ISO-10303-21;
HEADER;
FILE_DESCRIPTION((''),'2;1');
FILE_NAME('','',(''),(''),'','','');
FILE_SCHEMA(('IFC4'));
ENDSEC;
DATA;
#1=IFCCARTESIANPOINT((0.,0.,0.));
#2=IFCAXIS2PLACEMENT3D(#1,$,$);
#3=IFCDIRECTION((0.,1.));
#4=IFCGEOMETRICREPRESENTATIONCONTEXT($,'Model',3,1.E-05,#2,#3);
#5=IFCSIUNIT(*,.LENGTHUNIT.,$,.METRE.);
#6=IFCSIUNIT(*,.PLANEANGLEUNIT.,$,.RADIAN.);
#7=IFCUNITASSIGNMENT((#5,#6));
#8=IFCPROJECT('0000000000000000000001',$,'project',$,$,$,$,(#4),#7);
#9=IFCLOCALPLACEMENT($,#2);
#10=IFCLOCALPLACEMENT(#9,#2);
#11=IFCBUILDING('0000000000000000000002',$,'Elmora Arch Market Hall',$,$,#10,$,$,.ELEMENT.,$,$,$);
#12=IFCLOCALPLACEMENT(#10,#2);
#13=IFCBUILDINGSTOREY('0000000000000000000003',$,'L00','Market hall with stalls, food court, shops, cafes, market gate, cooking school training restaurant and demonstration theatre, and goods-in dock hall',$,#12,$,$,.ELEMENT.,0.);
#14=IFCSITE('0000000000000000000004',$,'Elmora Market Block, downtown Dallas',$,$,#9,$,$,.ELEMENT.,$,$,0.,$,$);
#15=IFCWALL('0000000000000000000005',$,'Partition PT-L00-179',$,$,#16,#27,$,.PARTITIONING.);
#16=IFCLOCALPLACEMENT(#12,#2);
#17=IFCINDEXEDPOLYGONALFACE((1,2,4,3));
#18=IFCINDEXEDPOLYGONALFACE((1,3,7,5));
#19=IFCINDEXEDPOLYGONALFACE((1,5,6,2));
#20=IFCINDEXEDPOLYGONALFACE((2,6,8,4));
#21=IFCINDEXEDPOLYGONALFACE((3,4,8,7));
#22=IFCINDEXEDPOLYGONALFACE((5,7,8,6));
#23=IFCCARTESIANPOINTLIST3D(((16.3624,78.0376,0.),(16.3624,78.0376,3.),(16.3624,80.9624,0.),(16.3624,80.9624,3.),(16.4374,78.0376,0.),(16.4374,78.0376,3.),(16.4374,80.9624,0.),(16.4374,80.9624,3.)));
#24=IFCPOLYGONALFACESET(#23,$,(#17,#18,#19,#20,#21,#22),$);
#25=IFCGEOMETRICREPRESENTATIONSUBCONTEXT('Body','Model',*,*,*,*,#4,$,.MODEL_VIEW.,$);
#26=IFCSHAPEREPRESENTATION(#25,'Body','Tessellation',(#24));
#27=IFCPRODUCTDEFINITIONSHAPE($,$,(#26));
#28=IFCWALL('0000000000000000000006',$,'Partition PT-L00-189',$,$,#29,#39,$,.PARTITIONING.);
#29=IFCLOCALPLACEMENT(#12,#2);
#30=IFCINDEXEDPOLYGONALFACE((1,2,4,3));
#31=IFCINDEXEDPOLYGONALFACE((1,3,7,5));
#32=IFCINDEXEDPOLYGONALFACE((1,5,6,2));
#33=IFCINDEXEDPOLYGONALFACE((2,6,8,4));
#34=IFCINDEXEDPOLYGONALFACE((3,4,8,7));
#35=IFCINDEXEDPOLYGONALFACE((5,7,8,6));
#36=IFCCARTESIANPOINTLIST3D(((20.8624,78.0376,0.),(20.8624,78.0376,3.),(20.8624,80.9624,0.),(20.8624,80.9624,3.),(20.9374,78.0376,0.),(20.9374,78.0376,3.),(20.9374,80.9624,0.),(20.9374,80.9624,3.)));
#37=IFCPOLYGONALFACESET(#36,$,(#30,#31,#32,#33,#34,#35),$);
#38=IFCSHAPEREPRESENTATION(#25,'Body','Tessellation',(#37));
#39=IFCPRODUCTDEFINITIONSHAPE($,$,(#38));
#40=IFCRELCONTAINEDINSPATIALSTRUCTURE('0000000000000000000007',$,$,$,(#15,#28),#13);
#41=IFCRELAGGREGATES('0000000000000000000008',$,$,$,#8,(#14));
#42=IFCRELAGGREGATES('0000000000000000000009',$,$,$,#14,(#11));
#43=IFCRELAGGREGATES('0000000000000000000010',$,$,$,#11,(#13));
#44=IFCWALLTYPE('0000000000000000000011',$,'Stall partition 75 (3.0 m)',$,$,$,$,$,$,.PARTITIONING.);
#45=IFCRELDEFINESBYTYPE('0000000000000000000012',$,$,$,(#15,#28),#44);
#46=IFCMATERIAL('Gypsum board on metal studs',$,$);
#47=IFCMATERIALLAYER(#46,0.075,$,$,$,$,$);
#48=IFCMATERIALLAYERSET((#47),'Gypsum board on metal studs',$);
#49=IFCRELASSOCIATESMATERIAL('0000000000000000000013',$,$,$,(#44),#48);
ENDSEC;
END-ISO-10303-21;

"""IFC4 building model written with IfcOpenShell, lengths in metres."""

from ifc_helpers import new_model, si_unit, direction, frame, frame_2d, origin, place, context, subcontext, project, spatial, rectangle, extrude, material, layer, layer_set, type_object, element, save


model = new_model("IFC4")

# Units and contexts
model_context = context("Model", 3, precision=1e-05, world=origin(), true_north=direction((0.0, 1.0)))
body_context = subcontext(model_context, "Body", "Model", "MODEL_VIEW")
ifc_project = project(units=[si_unit("LENGTHUNIT", "METRE"), si_unit("PLANEANGLEUNIT", "RADIAN")], contexts=[model_context])

# Site, building, storey
site_placement = place(None, origin())
site = spatial("IfcSite", under=ifc_project, at=site_placement, Name="Elmora Market Block, downtown Dallas", CompositionType="ELEMENT", RefElevation=0.0)
building_placement = place(site_placement, origin())
building = spatial("IfcBuilding", under=site, at=building_placement, Name="Elmora Arch Market Hall", CompositionType="ELEMENT")
storey_placement = place(building_placement, origin())
storey = spatial("IfcBuildingStorey", under=building, at=storey_placement, Name="L00", Description="Market hall with stalls, food court, shops, cafes, market gate, cooking school training restaurant and demonstration theatre, and goods-in dock hall", CompositionType="ELEMENT", Elevation=0.0)

# Shared definitions
ifc_material_1 = material(Name="Gypsum board on metal studs")
ifc_layer_1 = layer(ifc_material_1, 0.075)
ifc_layer_set_1 = layer_set([ifc_layer_1], Name="Gypsum board on metal studs")
wall_type_1 = type_object("IfcWallType", Name="Stall partition 75 (3.0 m)", PredefinedType="PARTITIONING", material=ifc_layer_set_1)

# Walls
for number, where, z_axis, x_axis, name in (
    (1, (16.3999, 78.0376, 0.0), (0.0, 0.0, 1.0), (0.0, 1.0, 0.0), "Partition PT-L00-179"),
    (2, (20.8999, 78.0376, 0.0), (0.0, 0.0, 1.0), (0.0, 1.0, 0.0), "Partition PT-L00-189"),
):
    element("IfcWall", number, at=place(storey_placement, frame(where, z_axis=z_axis, x_axis=x_axis)), inside=storey, type_object=wall_type_1, Name=name, PredefinedType="PARTITIONING", context=body_context, shape_type="SweptSolid", body=[
        extrude(rectangle(XDim=2.9248, YDim=0.075, at=frame_2d((1.4624, 0.0))), origin(), (0.0, 0.0, 1.0), 3.0),
    ])

save(model, "model.ifc")
